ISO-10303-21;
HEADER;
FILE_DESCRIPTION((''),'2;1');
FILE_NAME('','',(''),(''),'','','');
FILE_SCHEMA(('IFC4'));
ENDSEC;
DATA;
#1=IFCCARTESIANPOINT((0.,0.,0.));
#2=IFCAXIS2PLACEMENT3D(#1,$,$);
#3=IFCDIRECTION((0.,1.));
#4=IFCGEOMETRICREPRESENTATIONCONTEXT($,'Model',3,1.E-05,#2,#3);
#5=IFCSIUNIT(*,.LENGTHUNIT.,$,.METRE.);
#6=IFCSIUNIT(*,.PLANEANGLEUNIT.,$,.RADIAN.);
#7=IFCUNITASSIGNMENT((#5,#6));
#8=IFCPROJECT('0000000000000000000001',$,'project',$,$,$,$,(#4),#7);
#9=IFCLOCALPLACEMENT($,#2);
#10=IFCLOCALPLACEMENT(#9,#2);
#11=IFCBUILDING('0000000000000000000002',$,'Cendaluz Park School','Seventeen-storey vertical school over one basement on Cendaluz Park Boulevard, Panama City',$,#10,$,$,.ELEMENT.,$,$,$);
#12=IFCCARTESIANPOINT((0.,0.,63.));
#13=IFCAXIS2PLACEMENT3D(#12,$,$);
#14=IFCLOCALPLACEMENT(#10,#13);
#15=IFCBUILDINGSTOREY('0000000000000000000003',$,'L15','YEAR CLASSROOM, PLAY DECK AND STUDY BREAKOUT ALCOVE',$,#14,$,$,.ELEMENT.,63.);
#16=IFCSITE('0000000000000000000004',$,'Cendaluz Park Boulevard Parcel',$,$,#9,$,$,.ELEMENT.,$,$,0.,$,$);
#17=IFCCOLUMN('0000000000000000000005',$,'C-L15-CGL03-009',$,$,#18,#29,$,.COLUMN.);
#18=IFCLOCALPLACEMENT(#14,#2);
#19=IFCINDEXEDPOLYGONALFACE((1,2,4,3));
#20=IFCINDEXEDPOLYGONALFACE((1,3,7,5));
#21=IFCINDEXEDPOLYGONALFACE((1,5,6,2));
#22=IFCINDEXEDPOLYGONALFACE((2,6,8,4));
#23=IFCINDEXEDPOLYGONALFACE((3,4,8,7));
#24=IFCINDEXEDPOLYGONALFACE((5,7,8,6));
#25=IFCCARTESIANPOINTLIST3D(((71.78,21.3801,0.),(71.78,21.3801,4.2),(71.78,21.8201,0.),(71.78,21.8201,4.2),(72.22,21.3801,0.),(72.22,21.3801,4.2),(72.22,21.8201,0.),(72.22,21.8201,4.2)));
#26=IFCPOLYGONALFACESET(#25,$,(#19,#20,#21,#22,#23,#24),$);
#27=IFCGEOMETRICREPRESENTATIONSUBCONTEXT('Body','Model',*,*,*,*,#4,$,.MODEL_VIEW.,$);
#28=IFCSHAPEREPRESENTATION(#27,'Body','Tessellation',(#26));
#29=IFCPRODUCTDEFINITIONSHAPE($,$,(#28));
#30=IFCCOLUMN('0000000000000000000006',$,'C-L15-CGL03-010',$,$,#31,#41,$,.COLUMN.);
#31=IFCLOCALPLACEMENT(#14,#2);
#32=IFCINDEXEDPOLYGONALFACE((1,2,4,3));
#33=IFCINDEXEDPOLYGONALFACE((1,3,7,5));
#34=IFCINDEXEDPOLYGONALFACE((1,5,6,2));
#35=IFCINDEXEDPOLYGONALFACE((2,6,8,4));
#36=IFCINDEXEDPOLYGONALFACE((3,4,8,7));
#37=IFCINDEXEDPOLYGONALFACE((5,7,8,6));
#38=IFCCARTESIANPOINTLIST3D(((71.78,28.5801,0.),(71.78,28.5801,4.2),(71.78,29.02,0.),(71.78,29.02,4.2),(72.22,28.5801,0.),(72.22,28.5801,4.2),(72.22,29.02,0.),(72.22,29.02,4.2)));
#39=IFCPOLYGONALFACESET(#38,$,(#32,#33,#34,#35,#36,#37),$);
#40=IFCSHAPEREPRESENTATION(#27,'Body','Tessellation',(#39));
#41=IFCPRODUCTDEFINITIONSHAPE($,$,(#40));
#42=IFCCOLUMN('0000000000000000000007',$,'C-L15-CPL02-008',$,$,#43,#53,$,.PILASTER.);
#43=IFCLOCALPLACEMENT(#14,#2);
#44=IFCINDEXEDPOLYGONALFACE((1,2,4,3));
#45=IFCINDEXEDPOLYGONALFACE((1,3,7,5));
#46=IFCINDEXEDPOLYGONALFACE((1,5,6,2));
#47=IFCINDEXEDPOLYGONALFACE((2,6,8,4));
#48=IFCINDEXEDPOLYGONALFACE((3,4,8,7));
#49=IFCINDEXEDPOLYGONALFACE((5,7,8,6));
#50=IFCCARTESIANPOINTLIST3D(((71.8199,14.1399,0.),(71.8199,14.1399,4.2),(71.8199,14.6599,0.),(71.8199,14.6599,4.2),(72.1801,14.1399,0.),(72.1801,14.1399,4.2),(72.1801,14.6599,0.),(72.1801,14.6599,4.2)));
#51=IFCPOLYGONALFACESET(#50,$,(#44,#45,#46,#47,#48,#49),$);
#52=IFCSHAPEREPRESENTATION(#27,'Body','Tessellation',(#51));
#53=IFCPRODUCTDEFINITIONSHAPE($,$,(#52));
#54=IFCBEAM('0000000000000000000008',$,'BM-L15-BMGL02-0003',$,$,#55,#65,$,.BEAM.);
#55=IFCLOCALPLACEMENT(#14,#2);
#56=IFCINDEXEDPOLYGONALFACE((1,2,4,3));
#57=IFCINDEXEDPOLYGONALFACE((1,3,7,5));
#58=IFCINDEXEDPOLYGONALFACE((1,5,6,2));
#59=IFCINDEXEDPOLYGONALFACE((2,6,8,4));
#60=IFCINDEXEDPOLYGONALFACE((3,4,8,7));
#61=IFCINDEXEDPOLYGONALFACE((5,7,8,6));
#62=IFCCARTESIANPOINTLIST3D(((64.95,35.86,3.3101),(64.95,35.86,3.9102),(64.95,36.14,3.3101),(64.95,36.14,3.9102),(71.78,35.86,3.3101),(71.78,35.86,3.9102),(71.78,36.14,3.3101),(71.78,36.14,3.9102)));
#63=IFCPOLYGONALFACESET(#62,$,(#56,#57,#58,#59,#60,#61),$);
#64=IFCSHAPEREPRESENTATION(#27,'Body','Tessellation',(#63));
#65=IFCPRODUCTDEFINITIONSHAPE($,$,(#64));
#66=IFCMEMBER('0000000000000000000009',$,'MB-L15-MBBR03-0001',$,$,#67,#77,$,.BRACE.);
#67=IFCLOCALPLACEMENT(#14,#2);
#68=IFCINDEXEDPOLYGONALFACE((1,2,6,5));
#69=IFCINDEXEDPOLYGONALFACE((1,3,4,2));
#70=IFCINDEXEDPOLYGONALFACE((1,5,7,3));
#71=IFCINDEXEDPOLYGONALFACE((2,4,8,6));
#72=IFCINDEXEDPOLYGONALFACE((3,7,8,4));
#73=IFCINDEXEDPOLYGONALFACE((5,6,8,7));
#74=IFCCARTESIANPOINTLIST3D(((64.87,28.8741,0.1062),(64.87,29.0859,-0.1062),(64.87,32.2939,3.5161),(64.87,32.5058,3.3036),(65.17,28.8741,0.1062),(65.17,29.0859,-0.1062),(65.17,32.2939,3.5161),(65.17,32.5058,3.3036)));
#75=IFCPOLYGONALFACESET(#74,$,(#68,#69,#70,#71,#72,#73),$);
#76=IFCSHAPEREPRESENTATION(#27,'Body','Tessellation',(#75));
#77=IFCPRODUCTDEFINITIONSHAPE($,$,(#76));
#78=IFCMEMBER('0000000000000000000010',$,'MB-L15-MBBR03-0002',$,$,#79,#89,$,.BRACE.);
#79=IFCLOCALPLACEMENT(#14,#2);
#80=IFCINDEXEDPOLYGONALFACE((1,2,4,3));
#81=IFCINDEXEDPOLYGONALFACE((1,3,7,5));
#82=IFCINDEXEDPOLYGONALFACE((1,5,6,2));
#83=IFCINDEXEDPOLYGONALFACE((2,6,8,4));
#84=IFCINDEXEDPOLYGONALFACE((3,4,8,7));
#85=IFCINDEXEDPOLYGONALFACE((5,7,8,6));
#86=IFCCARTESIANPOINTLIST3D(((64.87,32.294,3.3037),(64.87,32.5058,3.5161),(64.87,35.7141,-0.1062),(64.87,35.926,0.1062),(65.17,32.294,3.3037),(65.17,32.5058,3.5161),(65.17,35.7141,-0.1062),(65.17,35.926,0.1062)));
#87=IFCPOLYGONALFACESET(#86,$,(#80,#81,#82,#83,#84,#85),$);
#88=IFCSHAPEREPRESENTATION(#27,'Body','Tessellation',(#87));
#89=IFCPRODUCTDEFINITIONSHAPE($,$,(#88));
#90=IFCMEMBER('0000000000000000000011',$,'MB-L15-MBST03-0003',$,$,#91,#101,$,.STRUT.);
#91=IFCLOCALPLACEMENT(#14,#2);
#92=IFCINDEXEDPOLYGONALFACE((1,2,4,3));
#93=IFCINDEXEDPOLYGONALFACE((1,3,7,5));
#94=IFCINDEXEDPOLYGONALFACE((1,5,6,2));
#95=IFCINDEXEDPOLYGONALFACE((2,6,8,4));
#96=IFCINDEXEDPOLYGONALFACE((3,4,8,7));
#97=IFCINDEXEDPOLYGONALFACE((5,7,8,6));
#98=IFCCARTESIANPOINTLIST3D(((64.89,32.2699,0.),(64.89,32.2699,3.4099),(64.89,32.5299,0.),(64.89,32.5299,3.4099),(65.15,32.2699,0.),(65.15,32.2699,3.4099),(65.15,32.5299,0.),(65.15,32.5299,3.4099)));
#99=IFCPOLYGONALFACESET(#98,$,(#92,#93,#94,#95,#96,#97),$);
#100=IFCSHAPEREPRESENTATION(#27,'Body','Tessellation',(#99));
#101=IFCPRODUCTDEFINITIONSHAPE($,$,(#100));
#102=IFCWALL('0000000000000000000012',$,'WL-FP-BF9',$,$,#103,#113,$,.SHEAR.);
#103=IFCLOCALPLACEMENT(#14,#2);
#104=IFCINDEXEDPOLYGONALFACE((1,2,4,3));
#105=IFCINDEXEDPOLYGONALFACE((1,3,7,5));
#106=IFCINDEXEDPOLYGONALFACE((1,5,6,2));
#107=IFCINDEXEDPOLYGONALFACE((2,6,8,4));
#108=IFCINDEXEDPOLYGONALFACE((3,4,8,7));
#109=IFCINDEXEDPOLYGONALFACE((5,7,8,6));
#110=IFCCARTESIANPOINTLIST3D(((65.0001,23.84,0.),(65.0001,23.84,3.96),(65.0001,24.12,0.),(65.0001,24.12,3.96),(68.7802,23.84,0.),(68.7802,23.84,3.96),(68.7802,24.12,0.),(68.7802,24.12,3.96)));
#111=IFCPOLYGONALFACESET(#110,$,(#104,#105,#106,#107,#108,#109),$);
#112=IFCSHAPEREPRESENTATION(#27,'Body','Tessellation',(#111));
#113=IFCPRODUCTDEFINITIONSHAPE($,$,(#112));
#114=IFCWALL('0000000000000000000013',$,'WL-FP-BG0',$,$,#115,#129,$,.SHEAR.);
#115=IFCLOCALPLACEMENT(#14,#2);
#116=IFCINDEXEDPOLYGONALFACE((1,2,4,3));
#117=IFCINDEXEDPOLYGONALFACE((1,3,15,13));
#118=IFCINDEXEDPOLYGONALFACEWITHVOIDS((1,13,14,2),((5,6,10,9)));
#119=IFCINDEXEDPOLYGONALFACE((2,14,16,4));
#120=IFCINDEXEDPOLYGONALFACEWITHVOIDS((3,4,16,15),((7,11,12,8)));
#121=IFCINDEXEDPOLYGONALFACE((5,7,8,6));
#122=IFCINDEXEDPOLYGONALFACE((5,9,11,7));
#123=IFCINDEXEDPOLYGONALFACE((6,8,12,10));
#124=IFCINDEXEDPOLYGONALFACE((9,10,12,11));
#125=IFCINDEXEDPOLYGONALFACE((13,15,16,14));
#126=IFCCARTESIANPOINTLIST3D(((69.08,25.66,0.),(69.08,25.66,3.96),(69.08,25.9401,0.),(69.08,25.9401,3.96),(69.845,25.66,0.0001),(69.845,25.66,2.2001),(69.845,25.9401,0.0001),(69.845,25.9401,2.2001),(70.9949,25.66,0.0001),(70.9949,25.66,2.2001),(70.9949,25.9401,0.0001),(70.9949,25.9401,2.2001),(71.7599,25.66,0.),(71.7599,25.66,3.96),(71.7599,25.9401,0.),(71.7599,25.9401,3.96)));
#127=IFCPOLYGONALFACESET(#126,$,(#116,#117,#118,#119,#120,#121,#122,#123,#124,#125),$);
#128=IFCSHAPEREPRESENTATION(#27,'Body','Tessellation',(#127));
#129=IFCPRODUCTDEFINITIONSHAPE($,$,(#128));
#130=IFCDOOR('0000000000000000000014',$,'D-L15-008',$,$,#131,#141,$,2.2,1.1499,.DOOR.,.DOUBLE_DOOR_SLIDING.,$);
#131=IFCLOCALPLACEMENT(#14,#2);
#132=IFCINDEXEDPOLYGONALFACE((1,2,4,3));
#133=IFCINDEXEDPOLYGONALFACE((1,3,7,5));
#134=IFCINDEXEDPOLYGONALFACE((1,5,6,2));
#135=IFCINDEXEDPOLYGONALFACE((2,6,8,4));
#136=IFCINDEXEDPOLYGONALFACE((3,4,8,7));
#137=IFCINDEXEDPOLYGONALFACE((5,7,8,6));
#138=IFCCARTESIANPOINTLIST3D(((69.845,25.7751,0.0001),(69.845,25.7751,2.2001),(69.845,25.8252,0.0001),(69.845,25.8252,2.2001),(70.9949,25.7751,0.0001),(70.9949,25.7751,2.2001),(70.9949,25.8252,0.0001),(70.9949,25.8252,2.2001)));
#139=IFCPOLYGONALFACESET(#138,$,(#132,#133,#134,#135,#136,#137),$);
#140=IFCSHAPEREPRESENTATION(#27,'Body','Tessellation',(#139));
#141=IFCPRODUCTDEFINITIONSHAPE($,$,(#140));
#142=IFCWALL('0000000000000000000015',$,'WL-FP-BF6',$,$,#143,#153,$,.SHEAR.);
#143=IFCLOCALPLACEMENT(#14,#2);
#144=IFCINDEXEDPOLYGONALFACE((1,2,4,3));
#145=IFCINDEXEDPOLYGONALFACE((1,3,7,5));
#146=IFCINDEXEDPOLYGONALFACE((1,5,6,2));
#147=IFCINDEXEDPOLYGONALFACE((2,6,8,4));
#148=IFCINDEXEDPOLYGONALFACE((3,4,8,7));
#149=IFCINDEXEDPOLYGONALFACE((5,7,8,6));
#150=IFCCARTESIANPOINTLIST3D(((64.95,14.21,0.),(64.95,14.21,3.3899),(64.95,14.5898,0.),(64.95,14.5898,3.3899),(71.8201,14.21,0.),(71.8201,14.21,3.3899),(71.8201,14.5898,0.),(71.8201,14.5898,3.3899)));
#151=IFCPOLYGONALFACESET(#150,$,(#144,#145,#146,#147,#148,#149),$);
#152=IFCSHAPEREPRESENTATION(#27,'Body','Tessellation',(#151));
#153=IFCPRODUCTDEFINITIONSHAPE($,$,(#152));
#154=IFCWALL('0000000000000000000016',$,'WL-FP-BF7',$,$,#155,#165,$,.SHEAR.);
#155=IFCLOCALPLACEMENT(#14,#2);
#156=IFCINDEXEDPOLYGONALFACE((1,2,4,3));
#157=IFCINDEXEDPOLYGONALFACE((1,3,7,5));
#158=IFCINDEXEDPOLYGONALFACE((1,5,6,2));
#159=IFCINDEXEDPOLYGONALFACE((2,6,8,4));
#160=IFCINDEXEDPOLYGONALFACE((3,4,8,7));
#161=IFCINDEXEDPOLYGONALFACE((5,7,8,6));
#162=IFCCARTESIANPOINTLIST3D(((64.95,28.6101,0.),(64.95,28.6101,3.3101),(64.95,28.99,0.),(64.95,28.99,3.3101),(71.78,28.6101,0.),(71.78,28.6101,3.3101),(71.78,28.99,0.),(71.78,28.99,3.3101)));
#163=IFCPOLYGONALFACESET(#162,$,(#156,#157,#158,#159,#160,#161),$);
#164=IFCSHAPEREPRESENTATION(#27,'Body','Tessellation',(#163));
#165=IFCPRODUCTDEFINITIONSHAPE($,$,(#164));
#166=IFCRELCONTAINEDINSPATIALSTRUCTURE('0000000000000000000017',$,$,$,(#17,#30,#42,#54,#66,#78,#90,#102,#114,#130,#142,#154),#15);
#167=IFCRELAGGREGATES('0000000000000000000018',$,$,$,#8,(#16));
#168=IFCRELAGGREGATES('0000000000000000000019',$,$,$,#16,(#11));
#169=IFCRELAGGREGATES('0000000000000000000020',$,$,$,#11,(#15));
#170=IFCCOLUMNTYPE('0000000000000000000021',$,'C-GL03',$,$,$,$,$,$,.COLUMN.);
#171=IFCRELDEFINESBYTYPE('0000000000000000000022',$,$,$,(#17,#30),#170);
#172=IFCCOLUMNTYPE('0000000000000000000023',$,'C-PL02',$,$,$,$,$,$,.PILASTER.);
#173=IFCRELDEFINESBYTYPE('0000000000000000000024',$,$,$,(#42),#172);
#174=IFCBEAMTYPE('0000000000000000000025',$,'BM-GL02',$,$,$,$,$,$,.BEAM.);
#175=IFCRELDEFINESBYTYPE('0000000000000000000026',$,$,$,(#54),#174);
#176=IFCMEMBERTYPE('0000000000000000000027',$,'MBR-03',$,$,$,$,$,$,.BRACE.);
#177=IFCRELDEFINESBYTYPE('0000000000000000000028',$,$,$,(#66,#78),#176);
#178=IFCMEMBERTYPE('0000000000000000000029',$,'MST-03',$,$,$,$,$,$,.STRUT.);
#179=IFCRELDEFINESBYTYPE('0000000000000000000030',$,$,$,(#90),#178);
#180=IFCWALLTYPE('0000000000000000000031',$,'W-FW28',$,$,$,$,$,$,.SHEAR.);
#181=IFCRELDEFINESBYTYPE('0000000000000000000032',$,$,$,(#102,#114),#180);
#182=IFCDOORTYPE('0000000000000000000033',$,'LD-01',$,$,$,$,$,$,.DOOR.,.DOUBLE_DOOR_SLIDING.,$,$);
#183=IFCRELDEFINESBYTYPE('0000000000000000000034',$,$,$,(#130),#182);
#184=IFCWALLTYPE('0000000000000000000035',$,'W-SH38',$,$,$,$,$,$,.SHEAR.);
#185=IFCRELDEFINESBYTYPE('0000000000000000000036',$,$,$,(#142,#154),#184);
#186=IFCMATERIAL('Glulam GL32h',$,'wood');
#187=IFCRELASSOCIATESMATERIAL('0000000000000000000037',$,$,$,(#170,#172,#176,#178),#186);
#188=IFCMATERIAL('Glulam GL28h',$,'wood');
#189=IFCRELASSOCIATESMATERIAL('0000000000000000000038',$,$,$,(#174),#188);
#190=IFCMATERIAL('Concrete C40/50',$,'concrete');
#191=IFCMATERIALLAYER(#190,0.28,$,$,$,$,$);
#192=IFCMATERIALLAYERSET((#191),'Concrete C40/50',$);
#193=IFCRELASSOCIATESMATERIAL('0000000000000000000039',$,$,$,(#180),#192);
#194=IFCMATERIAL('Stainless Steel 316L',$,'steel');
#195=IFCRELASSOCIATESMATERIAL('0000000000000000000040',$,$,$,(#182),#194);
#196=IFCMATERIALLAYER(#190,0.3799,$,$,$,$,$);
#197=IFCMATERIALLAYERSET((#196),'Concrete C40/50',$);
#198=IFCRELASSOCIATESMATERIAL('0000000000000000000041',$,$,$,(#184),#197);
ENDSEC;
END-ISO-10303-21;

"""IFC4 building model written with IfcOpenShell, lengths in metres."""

from ifc_helpers import new_model, si_unit, direction, frame, frame_2d, origin, origin_2d, place, context, subcontext, project, spatial, rectangle, extrude, material, layer, layer_set, material_profile, profile_set, type_object, element, fill, save


model = new_model("IFC4")

# Units and contexts
model_context = context("Model", 3, precision=1e-05, world=origin(), true_north=direction((0.0, 1.0)))
body_context = subcontext(model_context, "Body", "Model", "MODEL_VIEW")
ifc_project = project(units=[si_unit("LENGTHUNIT", "METRE"), si_unit("PLANEANGLEUNIT", "RADIAN")], contexts=[model_context])

# Site, building, storey
site_placement = place(None, origin())
site = spatial("IfcSite", under=ifc_project, at=site_placement, Name="Cendaluz Park Boulevard Parcel", CompositionType="ELEMENT", RefElevation=0.0)
building_placement = place(site_placement, origin())
building = spatial("IfcBuilding", under=site, at=building_placement, Name="Cendaluz Park School", Description="Seventeen-storey vertical school over one basement on Cendaluz Park Boulevard, Panama City", CompositionType="ELEMENT")
storey_placement = place(building_placement, frame((0.0, 0.0, 63.0)))
storey = spatial("IfcBuildingStorey", under=building, at=storey_placement, Name="L15", Description="YEAR CLASSROOM, PLAY DECK AND STUDY BREAKOUT ALCOVE", CompositionType="ELEMENT", Elevation=63.0)

# Columns
ifc_material_1 = material(Name="Glulam GL32h", Category="wood")
ifc_material_profile_1 = material_profile(ifc_material_1, rectangle(XDim=0.4399, YDim=0.4399, at=origin_2d()), Name="GL32h 440x440", Category="wood")
ifc_profile_set_1 = profile_set([ifc_material_profile_1], Name="Glulam GL32h")
column_type_1 = type_object("IfcColumnType", Name="C-GL03", PredefinedType="COLUMN", material=ifc_profile_set_1)
for number, where, z_axis, x_axis, name in (
    (1, (72.0, 21.6001, 0.0), (0.0, 0.0, 1.0), (1.0, 0.0, 0.0), "C-L15-CGL03-009"),
    (2, (72.0, 28.8, 0.0), (0.0, 0.0, 1.0), (1.0, 0.0, 0.0), "C-L15-CGL03-010"),
):
    element("IfcColumn", number, at=place(storey_placement, frame(where, z_axis=z_axis, x_axis=x_axis)), inside=storey, type_object=column_type_1, Name=name, PredefinedType="COLUMN", context=body_context, shape_type="SweptSolid", body=[
        extrude(rectangle(XDim=0.4399, YDim=0.4399, at=origin_2d()), origin(), (0.0, 0.0, 1.0), 4.2),
    ])
ifc_material_profile_2 = material_profile(ifc_material_1, rectangle(XDim=0.3601, YDim=0.52, at=origin_2d()), Name="GL32h 360x520", Category="wood")
ifc_profile_set_2 = profile_set([ifc_material_profile_2], Name="Glulam GL32h")
column_type_2 = type_object("IfcColumnType", Name="C-PL02", PredefinedType="PILASTER", material=ifc_profile_set_2)
column_placement = place(storey_placement, frame((72.0, 14.3999, 0.0), z_axis=(0.0, 0.0, 1.0), x_axis=(1.0, 0.0, 0.0)))
element("IfcColumn", 3, at=column_placement, inside=storey, type_object=column_type_2, Name="C-L15-CPL02-008", PredefinedType="PILASTER", context=body_context, shape_type="SweptSolid", body=[
    extrude(rectangle(XDim=0.3601, YDim=0.52, at=origin_2d()), origin(), (0.0, 0.0, 1.0), 4.2),
])

# Beam
ifc_material_2 = material(Name="Glulam GL28h", Category="wood")
ifc_material_profile_3 = material_profile(ifc_material_2, rectangle(XDim=0.28, YDim=0.6001, at=origin_2d()), Name="GL28h 280x600", Category="wood")
ifc_profile_set_3 = profile_set([ifc_material_profile_3], Name="Glulam GL28h")
beam_type = type_object("IfcBeamType", Name="BM-GL02", PredefinedType="BEAM", material=ifc_profile_set_3)
beam_placement = place(storey_placement, frame((64.95, 36.0, 3.6101), z_axis=(1.0, 0.0, 0.0), x_axis=(0.0, 1.0, 0.0)))
element("IfcBeam", 4, at=beam_placement, inside=storey, type_object=beam_type, Name="BM-L15-BMGL02-0003", PredefinedType="BEAM", context=body_context, shape_type="SweptSolid", body=[
    extrude(rectangle(XDim=0.28, YDim=0.6001, at=origin_2d()), origin(), (0.0, 0.0, 1.0), 6.8301),
])

# Members
ifc_material_profile_4 = material_profile(ifc_material_1, rectangle(XDim=0.3, YDim=0.3, at=origin_2d()), Name="GL32h 300x300", Category="wood")
ifc_profile_set_4 = profile_set([ifc_material_profile_4], Name="Glulam GL32h")
member_type_1 = type_object("IfcMemberType", Name="MBR-03", PredefinedType="BRACE", material=ifc_profile_set_4)
member_1_placement = place(storey_placement, frame((65.02, 28.98, 0.0), z_axis=(0.0, 0.708142, 0.70607), x_axis=(-1.0, 0.0, 0.0)))
element("IfcMember", 5, at=member_1_placement, inside=storey, type_object=member_type_1, Name="MB-L15-MBBR03-0001", PredefinedType="BRACE", context=body_context, shape_type="SweptSolid", body=[
    extrude(rectangle(XDim=0.3, YDim=0.3, at=origin_2d()), origin(), (0.0, 0.0, 1.0), 4.8293),
])
member_2_placement = place(storey_placement, frame((65.02, 35.8201, 0.0), z_axis=(0.0, -0.708168, 0.706044), x_axis=(1.0, 0.0, 0.0)))
element("IfcMember", 6, at=member_2_placement, inside=storey, type_object=member_type_1, Name="MB-L15-MBBR03-0002", PredefinedType="BRACE", context=body_context, shape_type="SweptSolid", body=[
    extrude(rectangle(XDim=0.3, YDim=0.3, at=origin_2d()), origin(), (0.0, 0.0, 1.0), 4.8296),
])
ifc_material_profile_5 = material_profile(ifc_material_1, rectangle(XDim=0.26, YDim=0.26, at=origin_2d()), Name="GL32h 260x260", Category="wood")
ifc_profile_set_5 = profile_set([ifc_material_profile_5], Name="Glulam GL32h")
member_type_2 = type_object("IfcMemberType", Name="MST-03", PredefinedType="STRUT", material=ifc_profile_set_5)
member_3_placement = place(storey_placement, frame((65.02, 32.3999, 0.0), z_axis=(0.0, 0.0, 1.0), x_axis=(1.0, 0.0, 0.0)))
element("IfcMember", 7, at=member_3_placement, inside=storey, type_object=member_type_2, Name="MB-L15-MBST03-0003", PredefinedType="STRUT", context=body_context, shape_type="SweptSolid", body=[
    extrude(rectangle(XDim=0.26, YDim=0.26, at=origin_2d()), origin(), (0.0, 0.0, 1.0), 3.4099),
])

# Shared definitions
ifc_material_3 = material(Name="Concrete C40/50", Category="concrete")
ifc_layer_1 = layer(ifc_material_3, 0.28)
ifc_layer_set_1 = layer_set([ifc_layer_1], Name="Concrete C40/50")
wall_type_1 = type_object("IfcWallType", Name="W-FW28", PredefinedType="SHEAR", material=ifc_layer_set_1)

# Wall
wall_1_placement = place(storey_placement, frame((65.0, 23.98, 0.0), z_axis=(0.0, 0.0, 1.0), x_axis=(1.0, 0.0, 0.0)))
element("IfcWall", 8, at=wall_1_placement, inside=storey, type_object=wall_type_1, Name="WL-FP-BF9", PredefinedType="SHEAR", context=body_context, shape_type="SweptSolid", body=[
    extrude(rectangle(XDim=3.78, YDim=0.28, at=frame_2d((1.8901, 0.0))), origin(), (0.0, 0.0, 1.0), 3.96),
])

# Wall, opening, door
wall_2_placement = place(storey_placement, frame((69.0801, 25.8, 0.0), z_axis=(0.0, 0.0, 1.0), x_axis=(1.0, 0.0, 0.0)))
wall_2 = element("IfcWall", 9, at=wall_2_placement, inside=storey, type_object=wall_type_1, Name="WL-FP-BG0", PredefinedType="SHEAR", context=body_context, shape_type="SweptSolid", body=[
    extrude(rectangle(XDim=2.6799, YDim=0.28, at=frame_2d((1.3398, 0.0))), origin(), (0.0, 0.0, 1.0), 3.96),
])
opening_1_placement = place(wall_2_placement, frame((0.7649, 0.0, 0.0)))
opening_1 = element("IfcOpeningElement", 10, at=opening_1_placement, cuts=wall_2, PredefinedType="OPENING", context=body_context, shape_type="SweptSolid", body=[
    extrude(rectangle(XDim=1.1499, YDim=2.2, at=frame_2d((0.575, 1.1001))), frame((0.0, 0.1521, 0.0), z_axis=(0.0, -1.0, 0.0), x_axis=(1.0, 0.0, 0.0)), (0.0, 0.0, 1.0), 0.304),
])
ifc_material_4 = material(Name="Stainless Steel 316L", Category="steel")
door_type_1 = type_object("IfcDoorType", Name="LD-01", OperationType="DOUBLE_DOOR_SLIDING", PredefinedType="DOOR", material=ifc_material_4)
door_1_placement = place(opening_1_placement, frame((1.1499, 0.0, 0.0), z_axis=(0.0, 0.0, 1.0), x_axis=(-1.0, 0.0, 0.0)))
door_1 = element("IfcDoor", 11, at=door_1_placement, inside=storey, type_object=door_type_1, Name="D-L15-008", OperationType="DOUBLE_DOOR_SLIDING", OverallHeight=2.2, OverallWidth=1.1499, PredefinedType="DOOR", context=body_context, shape_type="SweptSolid", body=[
    extrude(rectangle(XDim=1.1499, YDim=2.2, at=frame_2d((0.575, 1.1001))), frame((0.0, 0.0249, 0.0), z_axis=(0.0, -1.0, 0.0), x_axis=(1.0, 0.0, 0.0)), (0.0, 0.0, 1.0), 0.05),
])
fill(opening_1, door_1)

# Walls
ifc_layer_2 = layer(ifc_material_3, 0.3799)
ifc_layer_set_2 = layer_set([ifc_layer_2], Name="Concrete C40/50")
wall_type_2 = type_object("IfcWallType", Name="W-SH38", PredefinedType="SHEAR", material=ifc_layer_set_2)
wall_3_placement = place(storey_placement, frame((64.95, 14.3999, 0.0), z_axis=(0.0, 0.0, 1.0), x_axis=(1.0, 0.0, 0.0)))
element("IfcWall", 12, at=wall_3_placement, inside=storey, type_object=wall_type_2, Name="WL-FP-BF6", PredefinedType="SHEAR", context=body_context, shape_type="SweptSolid", body=[
    extrude(rectangle(XDim=6.8701, YDim=0.3799, at=frame_2d((3.4351, 0.0))), origin(), (0.0, 0.0, 1.0), 3.3899),
])
wall_4_placement = place(storey_placement, frame((64.95, 28.8, 0.0), z_axis=(0.0, 0.0, 1.0), x_axis=(1.0, 0.0, 0.0)))
element("IfcWall", 13, at=wall_4_placement, inside=storey, type_object=wall_type_2, Name="WL-FP-BF7", PredefinedType="SHEAR", context=body_context, shape_type="SweptSolid", body=[
    extrude(rectangle(XDim=6.8301, YDim=0.3799, at=frame_2d((3.415, 0.0))), origin(), (0.0, 0.0, 1.0), 3.3101),
])

save(model, "model.ifc")
